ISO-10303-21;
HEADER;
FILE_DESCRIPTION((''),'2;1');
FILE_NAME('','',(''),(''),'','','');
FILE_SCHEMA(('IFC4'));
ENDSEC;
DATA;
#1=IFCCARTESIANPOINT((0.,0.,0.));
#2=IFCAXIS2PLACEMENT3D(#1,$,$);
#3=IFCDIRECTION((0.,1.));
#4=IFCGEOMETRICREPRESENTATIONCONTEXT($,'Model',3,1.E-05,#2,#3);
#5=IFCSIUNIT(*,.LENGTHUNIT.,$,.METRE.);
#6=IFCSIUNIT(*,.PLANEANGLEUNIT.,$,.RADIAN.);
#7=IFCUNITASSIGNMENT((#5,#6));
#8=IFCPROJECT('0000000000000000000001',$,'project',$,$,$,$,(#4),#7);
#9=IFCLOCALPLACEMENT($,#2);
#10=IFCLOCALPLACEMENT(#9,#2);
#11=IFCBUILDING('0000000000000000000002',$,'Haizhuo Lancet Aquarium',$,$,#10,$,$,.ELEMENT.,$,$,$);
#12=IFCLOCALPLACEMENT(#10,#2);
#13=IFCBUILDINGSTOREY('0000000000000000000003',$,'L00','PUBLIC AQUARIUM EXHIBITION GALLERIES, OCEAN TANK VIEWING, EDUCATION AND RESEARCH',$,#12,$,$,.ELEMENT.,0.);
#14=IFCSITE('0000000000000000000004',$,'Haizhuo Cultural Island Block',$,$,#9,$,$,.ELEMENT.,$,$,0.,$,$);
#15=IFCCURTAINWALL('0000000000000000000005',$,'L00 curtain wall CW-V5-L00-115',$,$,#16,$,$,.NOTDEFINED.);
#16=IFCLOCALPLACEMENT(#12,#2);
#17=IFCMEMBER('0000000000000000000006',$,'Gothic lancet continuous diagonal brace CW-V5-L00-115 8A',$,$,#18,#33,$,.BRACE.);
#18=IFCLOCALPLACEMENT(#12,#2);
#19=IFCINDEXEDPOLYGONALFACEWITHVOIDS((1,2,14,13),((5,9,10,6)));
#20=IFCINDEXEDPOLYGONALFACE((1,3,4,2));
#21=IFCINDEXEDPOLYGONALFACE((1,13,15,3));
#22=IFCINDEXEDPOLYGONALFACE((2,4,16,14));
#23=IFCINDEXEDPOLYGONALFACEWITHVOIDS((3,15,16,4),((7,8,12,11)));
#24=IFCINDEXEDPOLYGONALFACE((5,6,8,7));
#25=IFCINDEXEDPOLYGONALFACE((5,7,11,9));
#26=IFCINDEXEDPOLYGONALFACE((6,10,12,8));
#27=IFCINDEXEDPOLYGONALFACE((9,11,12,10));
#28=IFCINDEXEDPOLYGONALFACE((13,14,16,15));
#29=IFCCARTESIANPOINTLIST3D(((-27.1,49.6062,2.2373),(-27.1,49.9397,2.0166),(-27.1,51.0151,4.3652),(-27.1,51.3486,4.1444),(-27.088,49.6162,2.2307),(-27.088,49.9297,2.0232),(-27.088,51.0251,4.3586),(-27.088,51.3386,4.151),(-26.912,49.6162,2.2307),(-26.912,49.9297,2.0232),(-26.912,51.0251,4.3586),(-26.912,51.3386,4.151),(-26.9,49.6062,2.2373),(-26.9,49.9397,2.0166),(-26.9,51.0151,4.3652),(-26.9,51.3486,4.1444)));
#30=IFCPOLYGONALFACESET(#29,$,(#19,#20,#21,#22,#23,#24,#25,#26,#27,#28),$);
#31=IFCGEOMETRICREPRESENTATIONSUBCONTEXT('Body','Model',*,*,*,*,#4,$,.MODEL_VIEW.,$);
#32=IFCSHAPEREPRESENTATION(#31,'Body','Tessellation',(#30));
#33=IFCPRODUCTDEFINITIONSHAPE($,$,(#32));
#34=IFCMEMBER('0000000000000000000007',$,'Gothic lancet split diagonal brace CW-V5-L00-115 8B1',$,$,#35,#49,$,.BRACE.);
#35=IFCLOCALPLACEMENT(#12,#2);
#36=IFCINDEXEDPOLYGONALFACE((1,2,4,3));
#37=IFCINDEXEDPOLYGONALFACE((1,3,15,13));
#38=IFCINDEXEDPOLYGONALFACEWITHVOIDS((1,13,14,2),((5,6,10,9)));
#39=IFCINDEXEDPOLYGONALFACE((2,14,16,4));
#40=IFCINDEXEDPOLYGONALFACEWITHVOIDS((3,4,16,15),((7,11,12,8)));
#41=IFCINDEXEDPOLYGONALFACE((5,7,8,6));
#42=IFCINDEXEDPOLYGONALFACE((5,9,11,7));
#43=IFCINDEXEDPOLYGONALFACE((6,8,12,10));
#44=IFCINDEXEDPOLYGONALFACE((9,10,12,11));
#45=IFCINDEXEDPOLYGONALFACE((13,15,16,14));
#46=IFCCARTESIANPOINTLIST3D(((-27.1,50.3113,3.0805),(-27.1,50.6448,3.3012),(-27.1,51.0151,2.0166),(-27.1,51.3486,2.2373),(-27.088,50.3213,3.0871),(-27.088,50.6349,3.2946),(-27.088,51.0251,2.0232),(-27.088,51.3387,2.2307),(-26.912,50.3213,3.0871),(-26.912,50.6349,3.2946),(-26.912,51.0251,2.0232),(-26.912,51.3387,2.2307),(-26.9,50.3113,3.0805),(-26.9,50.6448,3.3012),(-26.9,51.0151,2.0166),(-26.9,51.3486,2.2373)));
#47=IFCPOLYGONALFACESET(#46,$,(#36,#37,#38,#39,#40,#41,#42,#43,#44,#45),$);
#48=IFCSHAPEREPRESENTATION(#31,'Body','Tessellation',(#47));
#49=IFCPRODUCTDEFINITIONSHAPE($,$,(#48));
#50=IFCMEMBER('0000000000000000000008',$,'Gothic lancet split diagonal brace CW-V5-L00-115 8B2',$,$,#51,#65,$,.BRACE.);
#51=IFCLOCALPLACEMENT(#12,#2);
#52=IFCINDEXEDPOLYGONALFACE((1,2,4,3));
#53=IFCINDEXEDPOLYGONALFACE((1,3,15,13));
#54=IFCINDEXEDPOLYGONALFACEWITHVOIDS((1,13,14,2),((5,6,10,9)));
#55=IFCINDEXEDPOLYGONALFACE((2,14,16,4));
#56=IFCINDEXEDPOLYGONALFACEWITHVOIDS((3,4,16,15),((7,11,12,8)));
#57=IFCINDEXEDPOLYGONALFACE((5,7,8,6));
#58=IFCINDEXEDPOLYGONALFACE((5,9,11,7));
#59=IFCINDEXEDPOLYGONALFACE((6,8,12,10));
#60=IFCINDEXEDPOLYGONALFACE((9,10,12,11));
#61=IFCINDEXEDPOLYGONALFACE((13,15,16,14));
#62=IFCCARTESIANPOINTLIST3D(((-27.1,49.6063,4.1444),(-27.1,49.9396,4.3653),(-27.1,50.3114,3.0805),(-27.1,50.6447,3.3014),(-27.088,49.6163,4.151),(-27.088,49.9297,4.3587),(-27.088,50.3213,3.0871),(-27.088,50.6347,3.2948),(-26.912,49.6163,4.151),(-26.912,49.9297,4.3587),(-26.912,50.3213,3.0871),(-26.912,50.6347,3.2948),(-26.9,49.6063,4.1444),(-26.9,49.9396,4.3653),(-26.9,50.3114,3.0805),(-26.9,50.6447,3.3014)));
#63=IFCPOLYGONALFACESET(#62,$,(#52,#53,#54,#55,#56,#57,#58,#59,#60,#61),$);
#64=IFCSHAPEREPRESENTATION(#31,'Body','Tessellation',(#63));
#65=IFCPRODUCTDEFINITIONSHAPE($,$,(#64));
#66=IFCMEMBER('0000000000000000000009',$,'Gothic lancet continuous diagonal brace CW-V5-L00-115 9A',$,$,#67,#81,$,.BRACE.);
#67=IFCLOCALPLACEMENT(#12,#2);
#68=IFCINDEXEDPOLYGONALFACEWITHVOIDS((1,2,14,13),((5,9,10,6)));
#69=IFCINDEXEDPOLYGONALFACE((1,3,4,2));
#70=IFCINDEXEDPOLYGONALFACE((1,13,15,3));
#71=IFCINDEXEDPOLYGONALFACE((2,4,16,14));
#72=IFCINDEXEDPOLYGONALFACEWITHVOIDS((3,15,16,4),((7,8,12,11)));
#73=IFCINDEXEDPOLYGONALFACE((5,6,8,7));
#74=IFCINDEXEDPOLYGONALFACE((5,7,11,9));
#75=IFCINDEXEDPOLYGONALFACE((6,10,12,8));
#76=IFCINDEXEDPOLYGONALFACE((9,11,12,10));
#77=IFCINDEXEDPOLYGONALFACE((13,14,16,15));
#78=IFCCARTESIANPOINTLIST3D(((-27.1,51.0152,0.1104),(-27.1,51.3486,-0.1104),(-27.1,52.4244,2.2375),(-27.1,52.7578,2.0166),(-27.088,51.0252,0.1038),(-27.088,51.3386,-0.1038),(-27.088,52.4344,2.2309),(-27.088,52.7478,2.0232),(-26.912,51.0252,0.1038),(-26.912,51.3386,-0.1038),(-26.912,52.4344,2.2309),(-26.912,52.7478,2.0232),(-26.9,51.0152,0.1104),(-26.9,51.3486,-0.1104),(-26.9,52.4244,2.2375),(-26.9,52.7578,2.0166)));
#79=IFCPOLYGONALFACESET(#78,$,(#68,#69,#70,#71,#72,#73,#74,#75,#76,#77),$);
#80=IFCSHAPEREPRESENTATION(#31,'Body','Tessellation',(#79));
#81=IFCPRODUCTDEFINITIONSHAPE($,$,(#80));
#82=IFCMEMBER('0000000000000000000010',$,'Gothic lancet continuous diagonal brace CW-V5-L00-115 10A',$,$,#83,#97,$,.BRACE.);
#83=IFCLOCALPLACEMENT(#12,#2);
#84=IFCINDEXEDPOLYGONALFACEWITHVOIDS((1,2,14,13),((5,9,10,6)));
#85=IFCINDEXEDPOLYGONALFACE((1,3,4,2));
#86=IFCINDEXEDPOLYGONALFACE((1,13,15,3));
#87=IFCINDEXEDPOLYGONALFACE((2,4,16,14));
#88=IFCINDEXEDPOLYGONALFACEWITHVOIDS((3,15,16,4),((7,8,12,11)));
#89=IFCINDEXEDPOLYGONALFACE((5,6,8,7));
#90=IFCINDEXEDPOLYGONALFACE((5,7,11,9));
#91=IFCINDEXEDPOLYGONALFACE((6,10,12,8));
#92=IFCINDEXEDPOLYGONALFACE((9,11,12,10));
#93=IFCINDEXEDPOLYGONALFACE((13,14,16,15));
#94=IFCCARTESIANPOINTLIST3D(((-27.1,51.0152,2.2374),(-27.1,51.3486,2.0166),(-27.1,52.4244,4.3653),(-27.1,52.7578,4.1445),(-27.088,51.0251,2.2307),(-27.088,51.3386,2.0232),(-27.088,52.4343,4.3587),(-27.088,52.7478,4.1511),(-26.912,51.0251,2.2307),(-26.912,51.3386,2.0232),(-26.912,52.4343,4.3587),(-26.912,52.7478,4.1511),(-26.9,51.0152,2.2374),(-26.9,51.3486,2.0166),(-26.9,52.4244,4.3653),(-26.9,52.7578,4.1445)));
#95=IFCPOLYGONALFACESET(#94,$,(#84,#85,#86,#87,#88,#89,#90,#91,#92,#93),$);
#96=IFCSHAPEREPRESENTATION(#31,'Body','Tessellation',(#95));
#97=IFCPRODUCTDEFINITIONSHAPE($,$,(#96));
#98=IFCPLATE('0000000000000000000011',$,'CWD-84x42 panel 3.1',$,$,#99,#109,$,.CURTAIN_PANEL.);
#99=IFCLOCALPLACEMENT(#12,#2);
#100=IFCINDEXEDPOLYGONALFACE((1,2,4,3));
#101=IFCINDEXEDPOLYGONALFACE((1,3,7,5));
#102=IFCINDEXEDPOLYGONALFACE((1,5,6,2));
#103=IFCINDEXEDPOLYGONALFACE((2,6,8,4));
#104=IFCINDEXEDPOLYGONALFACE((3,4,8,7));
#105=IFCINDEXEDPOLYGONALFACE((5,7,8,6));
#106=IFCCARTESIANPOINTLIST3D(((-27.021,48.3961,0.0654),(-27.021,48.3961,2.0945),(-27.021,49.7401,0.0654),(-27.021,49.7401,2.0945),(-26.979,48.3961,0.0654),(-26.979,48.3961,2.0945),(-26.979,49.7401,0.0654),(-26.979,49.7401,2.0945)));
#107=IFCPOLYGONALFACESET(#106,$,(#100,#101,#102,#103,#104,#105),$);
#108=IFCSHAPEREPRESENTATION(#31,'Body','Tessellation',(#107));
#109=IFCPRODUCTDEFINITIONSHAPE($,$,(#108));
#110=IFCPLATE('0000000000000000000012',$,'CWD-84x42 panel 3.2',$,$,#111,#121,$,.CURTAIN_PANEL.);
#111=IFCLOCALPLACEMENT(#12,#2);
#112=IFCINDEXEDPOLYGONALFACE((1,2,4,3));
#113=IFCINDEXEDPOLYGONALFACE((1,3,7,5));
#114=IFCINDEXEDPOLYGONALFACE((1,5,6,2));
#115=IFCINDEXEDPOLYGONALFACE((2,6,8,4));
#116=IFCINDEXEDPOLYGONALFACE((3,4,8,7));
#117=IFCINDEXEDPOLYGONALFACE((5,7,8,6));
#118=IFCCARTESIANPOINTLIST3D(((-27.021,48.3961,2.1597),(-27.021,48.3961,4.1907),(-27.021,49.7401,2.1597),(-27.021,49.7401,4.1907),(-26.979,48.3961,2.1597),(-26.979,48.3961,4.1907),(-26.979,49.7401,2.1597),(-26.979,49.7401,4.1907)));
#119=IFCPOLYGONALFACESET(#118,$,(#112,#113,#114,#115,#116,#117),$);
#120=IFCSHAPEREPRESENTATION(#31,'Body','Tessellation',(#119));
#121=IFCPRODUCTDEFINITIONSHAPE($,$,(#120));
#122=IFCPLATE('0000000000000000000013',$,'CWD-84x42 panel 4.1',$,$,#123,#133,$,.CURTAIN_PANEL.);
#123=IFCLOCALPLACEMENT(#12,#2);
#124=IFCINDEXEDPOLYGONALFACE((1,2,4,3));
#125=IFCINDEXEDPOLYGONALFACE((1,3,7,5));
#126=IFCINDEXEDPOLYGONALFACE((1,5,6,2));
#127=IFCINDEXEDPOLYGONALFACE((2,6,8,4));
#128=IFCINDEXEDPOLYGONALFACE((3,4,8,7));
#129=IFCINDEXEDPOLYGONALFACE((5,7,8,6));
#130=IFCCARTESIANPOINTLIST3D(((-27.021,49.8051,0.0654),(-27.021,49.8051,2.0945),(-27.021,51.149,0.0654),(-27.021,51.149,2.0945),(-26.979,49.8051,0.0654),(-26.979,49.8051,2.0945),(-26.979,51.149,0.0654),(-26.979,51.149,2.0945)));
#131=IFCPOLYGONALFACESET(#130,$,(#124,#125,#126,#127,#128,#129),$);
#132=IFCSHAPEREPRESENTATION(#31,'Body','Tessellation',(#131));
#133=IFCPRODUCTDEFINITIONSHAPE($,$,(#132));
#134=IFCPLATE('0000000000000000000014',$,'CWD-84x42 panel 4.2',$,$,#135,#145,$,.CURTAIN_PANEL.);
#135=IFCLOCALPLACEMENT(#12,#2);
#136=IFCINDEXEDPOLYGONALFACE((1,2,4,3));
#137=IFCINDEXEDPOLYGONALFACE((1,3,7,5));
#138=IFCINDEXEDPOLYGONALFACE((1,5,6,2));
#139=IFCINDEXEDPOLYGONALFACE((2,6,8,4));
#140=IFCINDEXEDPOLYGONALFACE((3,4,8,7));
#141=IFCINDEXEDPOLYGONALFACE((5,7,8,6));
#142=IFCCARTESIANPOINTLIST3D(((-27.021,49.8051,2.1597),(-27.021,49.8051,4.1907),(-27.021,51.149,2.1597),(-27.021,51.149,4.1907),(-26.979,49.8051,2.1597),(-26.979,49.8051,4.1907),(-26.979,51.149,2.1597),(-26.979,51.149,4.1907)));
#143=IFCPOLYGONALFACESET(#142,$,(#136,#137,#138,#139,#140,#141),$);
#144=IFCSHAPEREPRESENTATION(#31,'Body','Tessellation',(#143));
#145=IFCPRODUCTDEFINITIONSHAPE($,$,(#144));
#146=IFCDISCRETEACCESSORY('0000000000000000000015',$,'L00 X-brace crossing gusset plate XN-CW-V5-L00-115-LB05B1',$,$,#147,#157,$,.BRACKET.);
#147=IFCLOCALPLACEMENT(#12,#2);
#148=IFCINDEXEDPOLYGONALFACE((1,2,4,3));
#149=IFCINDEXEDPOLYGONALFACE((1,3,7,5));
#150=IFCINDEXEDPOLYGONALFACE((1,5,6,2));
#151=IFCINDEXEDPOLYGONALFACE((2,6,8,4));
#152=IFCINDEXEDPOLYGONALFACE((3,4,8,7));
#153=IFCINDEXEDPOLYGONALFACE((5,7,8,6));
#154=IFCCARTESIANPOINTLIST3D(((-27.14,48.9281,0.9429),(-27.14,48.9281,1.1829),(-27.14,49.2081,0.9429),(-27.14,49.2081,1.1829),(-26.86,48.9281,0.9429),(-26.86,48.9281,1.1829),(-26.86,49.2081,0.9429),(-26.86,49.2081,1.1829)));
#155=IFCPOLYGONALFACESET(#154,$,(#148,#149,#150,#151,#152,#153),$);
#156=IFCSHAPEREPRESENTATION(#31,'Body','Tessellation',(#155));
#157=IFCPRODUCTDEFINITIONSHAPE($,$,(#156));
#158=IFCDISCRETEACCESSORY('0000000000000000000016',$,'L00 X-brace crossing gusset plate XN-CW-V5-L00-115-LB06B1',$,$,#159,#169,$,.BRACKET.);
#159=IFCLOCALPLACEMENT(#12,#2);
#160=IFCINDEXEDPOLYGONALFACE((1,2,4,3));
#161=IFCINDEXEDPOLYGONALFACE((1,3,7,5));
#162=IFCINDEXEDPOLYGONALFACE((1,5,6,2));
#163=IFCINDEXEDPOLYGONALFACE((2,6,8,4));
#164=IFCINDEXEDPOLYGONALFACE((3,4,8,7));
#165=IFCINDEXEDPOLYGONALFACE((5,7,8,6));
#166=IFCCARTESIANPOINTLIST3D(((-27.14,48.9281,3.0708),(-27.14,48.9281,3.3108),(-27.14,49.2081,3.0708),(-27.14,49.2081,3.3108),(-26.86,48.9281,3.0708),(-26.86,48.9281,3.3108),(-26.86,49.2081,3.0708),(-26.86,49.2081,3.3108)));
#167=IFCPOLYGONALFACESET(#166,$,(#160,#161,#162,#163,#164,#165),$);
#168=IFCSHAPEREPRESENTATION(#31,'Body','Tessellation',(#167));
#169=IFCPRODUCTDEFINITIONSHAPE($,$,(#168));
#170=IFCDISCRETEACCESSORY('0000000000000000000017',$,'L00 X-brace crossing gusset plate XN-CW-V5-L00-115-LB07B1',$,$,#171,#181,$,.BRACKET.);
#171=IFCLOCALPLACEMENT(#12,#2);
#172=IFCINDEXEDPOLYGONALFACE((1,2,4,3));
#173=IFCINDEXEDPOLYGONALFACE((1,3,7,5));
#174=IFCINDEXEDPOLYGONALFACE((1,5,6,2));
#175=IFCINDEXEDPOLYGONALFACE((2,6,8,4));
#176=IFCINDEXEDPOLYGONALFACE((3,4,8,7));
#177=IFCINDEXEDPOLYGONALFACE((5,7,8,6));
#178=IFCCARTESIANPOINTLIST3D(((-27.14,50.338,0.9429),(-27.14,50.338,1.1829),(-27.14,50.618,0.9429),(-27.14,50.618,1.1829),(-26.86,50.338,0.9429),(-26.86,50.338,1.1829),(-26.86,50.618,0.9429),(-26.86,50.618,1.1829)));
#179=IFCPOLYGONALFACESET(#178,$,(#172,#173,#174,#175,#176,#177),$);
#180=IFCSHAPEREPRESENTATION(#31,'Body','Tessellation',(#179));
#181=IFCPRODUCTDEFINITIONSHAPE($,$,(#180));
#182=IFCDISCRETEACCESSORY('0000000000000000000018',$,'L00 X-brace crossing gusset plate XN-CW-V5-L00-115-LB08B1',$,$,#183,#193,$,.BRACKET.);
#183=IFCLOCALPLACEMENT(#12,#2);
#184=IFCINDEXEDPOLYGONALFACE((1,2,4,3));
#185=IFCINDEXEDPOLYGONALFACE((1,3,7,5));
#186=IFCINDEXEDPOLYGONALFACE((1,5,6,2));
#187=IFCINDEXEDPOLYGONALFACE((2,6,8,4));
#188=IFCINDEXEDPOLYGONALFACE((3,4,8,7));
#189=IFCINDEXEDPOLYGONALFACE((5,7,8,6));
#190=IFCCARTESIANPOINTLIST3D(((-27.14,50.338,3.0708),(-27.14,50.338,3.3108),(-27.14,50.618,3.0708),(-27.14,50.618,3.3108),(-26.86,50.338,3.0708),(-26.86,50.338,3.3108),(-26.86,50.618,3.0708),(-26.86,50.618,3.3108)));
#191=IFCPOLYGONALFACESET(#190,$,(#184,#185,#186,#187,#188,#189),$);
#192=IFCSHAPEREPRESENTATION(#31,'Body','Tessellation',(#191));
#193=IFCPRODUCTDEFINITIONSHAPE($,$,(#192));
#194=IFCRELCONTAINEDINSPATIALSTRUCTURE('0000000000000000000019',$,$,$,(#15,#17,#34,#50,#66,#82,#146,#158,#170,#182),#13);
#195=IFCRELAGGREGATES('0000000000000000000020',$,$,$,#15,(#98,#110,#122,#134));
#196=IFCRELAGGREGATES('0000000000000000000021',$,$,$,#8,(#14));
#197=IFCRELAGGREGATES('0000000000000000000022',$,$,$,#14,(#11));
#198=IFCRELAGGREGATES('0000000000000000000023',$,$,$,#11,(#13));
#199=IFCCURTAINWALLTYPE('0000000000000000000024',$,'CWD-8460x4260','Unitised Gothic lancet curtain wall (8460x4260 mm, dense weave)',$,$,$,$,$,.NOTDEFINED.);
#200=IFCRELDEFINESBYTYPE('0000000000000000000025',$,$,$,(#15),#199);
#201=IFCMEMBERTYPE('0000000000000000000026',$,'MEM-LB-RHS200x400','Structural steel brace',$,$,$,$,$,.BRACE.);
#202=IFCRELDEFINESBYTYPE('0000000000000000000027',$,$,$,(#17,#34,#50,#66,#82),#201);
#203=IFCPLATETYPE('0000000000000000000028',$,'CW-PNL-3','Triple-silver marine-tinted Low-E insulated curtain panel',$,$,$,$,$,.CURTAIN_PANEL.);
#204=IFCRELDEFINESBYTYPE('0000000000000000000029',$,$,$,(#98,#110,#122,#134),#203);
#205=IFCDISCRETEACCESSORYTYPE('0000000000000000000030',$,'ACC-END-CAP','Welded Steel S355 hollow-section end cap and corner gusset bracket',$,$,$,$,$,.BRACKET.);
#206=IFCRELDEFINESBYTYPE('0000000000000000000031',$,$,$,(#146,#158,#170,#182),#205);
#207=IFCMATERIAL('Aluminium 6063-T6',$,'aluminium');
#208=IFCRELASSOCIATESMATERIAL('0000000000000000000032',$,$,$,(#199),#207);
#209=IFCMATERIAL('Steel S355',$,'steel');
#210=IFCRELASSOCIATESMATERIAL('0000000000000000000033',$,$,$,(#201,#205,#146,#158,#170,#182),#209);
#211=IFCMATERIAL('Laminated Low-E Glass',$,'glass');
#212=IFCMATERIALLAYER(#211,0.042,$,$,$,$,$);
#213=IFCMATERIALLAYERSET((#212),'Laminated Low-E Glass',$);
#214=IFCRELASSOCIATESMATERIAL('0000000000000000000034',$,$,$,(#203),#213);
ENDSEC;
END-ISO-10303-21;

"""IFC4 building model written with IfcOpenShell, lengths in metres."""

from ifc_helpers import new_model, si_unit, direction, frame, origin, origin_2d, place, context, subcontext, project, spatial, rectangle, hollow_rectangle, extrude, material, layer, layer_set, material_profile, profile_set, type_object, element, aggregate, save


model = new_model("IFC4")

# Units and contexts
model_context = context("Model", 3, precision=1e-05, world=origin(), true_north=direction((0.0, 1.0)))
body_context = subcontext(model_context, "Body", "Model", "MODEL_VIEW")
ifc_project = project(units=[si_unit("LENGTHUNIT", "METRE"), si_unit("PLANEANGLEUNIT", "RADIAN")], contexts=[model_context])

# Site, building, storey
site_placement = place(None, origin())
site = spatial("IfcSite", under=ifc_project, at=site_placement, Name="Haizhuo Cultural Island Block", CompositionType="ELEMENT", RefElevation=0.0)
building_placement = place(site_placement, origin())
building = spatial("IfcBuilding", under=site, at=building_placement, Name="Haizhuo Lancet Aquarium", CompositionType="ELEMENT")
storey_placement = place(building_placement, origin())
storey = spatial("IfcBuildingStorey", under=building, at=storey_placement, Name="L00", Description="PUBLIC AQUARIUM EXHIBITION GALLERIES, OCEAN TANK VIEWING, EDUCATION AND RESEARCH", CompositionType="ELEMENT", Elevation=0.0)

# Curtain wall
ifc_material_1 = material(Name="Aluminium 6063-T6", Category="aluminium")
curtain_wall_type = type_object("IfcCurtainWallType", Name="CWD-8460x4260", Description="Unitised Gothic lancet curtain wall (8460x4260 mm, dense weave)", PredefinedType="NOTDEFINED", material=ifc_material_1)
curtain_wall_placement = place(storey_placement, origin())
curtain_wall = element("IfcCurtainWall", 1, at=curtain_wall_placement, inside=storey, type_object=curtain_wall_type, Name="L00 curtain wall CW-V5-L00-115", PredefinedType="NOTDEFINED")

# Members
ifc_material_2 = material(Name="Steel S355", Category="steel")
ifc_material_profile_1 = material_profile(ifc_material_2, hollow_rectangle(XDim=0.2, YDim=0.3999, WallThickness=0.012, at=origin_2d()), Name="RHS 200x400x12")
ifc_profile_set_1 = profile_set([ifc_material_profile_1], Name="Steel S355")
member_type_1 = type_object("IfcMemberType", Name="MEM-LB-RHS200x400", Description="Structural steel brace", PredefinedType="BRACE", material=ifc_profile_set_1)
member_1_placement = place(storey_placement, frame((-27.0, 49.7729, 2.127), z_axis=(0.0, 0.55207, 0.833798), x_axis=(-1.0, 0.0, 0.0)))
element("IfcMember", 2, at=member_1_placement, inside=storey, type_object=member_type_1, Name="Gothic lancet continuous diagonal brace CW-V5-L00-115 8A", PredefinedType="BRACE", context=body_context, shape_type="SweptSolid", body=[
    extrude(hollow_rectangle(XDim=0.2, YDim=0.3999, WallThickness=0.012, at=origin_2d()), origin(), (0.0, 0.0, 1.0), 2.552),
])
member_2_placement = place(storey_placement, frame((-27.0, 51.1819, 2.127), z_axis=(0.0, -0.551738, 0.834018), x_axis=(1.0, 0.0, 0.0)))
element("IfcMember", 3, at=member_2_placement, inside=storey, type_object=member_type_1, Name="Gothic lancet split diagonal brace CW-V5-L00-115 8B1", PredefinedType="BRACE", context=body_context, shape_type="SweptSolid", body=[
    extrude(hollow_rectangle(XDim=0.2, YDim=0.3999, WallThickness=0.012, at=origin_2d()), origin(), (0.0, 0.0, 1.0), 1.2756),
])
member_3_placement = place(storey_placement, frame((-27.0, 50.478, 3.1909), z_axis=(0.0, -0.552403, 0.833577), x_axis=(1.0, 0.0, 0.0)))
element("IfcMember", 4, at=member_3_placement, inside=storey, type_object=member_type_1, Name="Gothic lancet split diagonal brace CW-V5-L00-115 8B2", PredefinedType="BRACE", context=body_context, shape_type="SweptSolid", body=[
    extrude(hollow_rectangle(XDim=0.2, YDim=0.3999, WallThickness=0.012, at=origin_2d()), origin(), (0.0, 0.0, 1.0), 1.2764),
])
member_4_placement = place(storey_placement, frame((-27.0, 51.1819, 0.0), z_axis=(0.0, 0.552313, 0.833637), x_axis=(-1.0, 0.0, 0.0)))
element("IfcMember", 5, at=member_4_placement, inside=storey, type_object=member_type_1, Name="Gothic lancet continuous diagonal brace CW-V5-L00-115 9A", PredefinedType="BRACE", context=body_context, shape_type="SweptSolid", body=[
    extrude(hollow_rectangle(XDim=0.2, YDim=0.3999, WallThickness=0.012, at=origin_2d()), origin(), (0.0, 0.0, 1.0), 2.5515),
])
member_5_placement = place(storey_placement, frame((-27.0, 51.1819, 2.127), z_axis=(0.0, 0.552137, 0.833753), x_axis=(-1.0, 0.0, 0.0)))
element("IfcMember", 6, at=member_5_placement, inside=storey, type_object=member_type_1, Name="Gothic lancet continuous diagonal brace CW-V5-L00-115 10A", PredefinedType="BRACE", context=body_context, shape_type="SweptSolid", body=[
    extrude(hollow_rectangle(XDim=0.2, YDim=0.3999, WallThickness=0.012, at=origin_2d()), origin(), (0.0, 0.0, 1.0), 2.5522),
])

# Plates
ifc_material_3 = material(Name="Laminated Low-E Glass", Category="glass")
ifc_layer = layer(ifc_material_3, 0.042)
ifc_layer_set = layer_set([ifc_layer], Name="Laminated Low-E Glass")
plate_type = type_object("IfcPlateType", Name="CW-PNL-3", Description="Triple-silver marine-tinted Low-E insulated curtain panel", PredefinedType="CURTAIN_PANEL", material=ifc_layer_set)
plate_1_placement = place(storey_placement, frame((-27.0, 49.0681, 0.0654), z_axis=(0.0, 0.0, 1.0), x_axis=(0.0, 1.0, 0.0)))
plate_1 = element("IfcPlate", 7, at=plate_1_placement, type_object=plate_type, Name="CWD-84x42 panel 3.1", PredefinedType="CURTAIN_PANEL", context=body_context, shape_type="SweptSolid", body=[
    extrude(rectangle(XDim=1.344, YDim=0.042, at=origin_2d()), origin(), (0.0, 0.0, 1.0), 2.0291),
])
plate_2_placement = place(storey_placement, frame((-27.0, 49.0681, 2.1597), z_axis=(0.0, 0.0, 1.0), x_axis=(0.0, 1.0, 0.0)))
plate_2 = element("IfcPlate", 8, at=plate_2_placement, type_object=plate_type, Name="CWD-84x42 panel 3.2", PredefinedType="CURTAIN_PANEL", context=body_context, shape_type="SweptSolid", body=[
    extrude(rectangle(XDim=1.344, YDim=0.042, at=origin_2d()), origin(), (0.0, 0.0, 1.0), 2.031),
])
plate_3_placement = place(storey_placement, frame((-27.0, 50.4771, 0.0654), z_axis=(0.0, 0.0, 1.0), x_axis=(0.0, 1.0, 0.0)))
plate_3 = element("IfcPlate", 9, at=plate_3_placement, type_object=plate_type, Name="CWD-84x42 panel 4.1", PredefinedType="CURTAIN_PANEL", context=body_context, shape_type="SweptSolid", body=[
    extrude(rectangle(XDim=1.344, YDim=0.042, at=origin_2d()), origin(), (0.0, 0.0, 1.0), 2.0291),
])
plate_4_placement = place(storey_placement, frame((-27.0, 50.4771, 2.1597), z_axis=(0.0, 0.0, 1.0), x_axis=(0.0, 1.0, 0.0)))
plate_4 = element("IfcPlate", 10, at=plate_4_placement, type_object=plate_type, Name="CWD-84x42 panel 4.2", PredefinedType="CURTAIN_PANEL", context=body_context, shape_type="SweptSolid", body=[
    extrude(rectangle(XDim=1.344, YDim=0.042, at=origin_2d()), origin(), (0.0, 0.0, 1.0), 2.031),
])
aggregate(curtain_wall, [plate_1, plate_2, plate_3, plate_4])

# Discrete accessories
discrete_accessory_type = type_object("IfcDiscreteAccessoryType", Name="ACC-END-CAP", Description="Welded Steel S355 hollow-section end cap and corner gusset bracket", PredefinedType="BRACKET", material=ifc_material_2)
for number, where, z_axis, x_axis, name in (
    (11, (-27.0, 49.0681, 0.9429), (0.0, 0.0, 1.0), (1.0, 0.0, 0.0), "L00 X-brace crossing gusset plate XN-CW-V5-L00-115-LB05B1"),
    (12, (-27.0, 49.0681, 3.0708), (0.0, 0.0, 1.0), (1.0, 0.0, 0.0), "L00 X-brace crossing gusset plate XN-CW-V5-L00-115-LB06B1"),
    (13, (-27.0, 50.478, 0.9429), (0.0, 0.0, 1.0), (1.0, 0.0, 0.0), "L00 X-brace crossing gusset plate XN-CW-V5-L00-115-LB07B1"),
    (14, (-27.0, 50.478, 3.0708), (0.0, 0.0, 1.0), (1.0, 0.0, 0.0), "L00 X-brace crossing gusset plate XN-CW-V5-L00-115-LB08B1"),
):
    element("IfcDiscreteAccessory", number, at=place(storey_placement, frame(where, z_axis=z_axis, x_axis=x_axis)), inside=storey, type_object=discrete_accessory_type, material=ifc_material_2, Name=name, PredefinedType="BRACKET", context=body_context, shape_type="SweptSolid", body=[
        extrude(rectangle(XDim=0.28, YDim=0.28, at=origin_2d()), origin(), (0.0, 0.0, 1.0), 0.24),
    ])

save(model, "model.ifc")
